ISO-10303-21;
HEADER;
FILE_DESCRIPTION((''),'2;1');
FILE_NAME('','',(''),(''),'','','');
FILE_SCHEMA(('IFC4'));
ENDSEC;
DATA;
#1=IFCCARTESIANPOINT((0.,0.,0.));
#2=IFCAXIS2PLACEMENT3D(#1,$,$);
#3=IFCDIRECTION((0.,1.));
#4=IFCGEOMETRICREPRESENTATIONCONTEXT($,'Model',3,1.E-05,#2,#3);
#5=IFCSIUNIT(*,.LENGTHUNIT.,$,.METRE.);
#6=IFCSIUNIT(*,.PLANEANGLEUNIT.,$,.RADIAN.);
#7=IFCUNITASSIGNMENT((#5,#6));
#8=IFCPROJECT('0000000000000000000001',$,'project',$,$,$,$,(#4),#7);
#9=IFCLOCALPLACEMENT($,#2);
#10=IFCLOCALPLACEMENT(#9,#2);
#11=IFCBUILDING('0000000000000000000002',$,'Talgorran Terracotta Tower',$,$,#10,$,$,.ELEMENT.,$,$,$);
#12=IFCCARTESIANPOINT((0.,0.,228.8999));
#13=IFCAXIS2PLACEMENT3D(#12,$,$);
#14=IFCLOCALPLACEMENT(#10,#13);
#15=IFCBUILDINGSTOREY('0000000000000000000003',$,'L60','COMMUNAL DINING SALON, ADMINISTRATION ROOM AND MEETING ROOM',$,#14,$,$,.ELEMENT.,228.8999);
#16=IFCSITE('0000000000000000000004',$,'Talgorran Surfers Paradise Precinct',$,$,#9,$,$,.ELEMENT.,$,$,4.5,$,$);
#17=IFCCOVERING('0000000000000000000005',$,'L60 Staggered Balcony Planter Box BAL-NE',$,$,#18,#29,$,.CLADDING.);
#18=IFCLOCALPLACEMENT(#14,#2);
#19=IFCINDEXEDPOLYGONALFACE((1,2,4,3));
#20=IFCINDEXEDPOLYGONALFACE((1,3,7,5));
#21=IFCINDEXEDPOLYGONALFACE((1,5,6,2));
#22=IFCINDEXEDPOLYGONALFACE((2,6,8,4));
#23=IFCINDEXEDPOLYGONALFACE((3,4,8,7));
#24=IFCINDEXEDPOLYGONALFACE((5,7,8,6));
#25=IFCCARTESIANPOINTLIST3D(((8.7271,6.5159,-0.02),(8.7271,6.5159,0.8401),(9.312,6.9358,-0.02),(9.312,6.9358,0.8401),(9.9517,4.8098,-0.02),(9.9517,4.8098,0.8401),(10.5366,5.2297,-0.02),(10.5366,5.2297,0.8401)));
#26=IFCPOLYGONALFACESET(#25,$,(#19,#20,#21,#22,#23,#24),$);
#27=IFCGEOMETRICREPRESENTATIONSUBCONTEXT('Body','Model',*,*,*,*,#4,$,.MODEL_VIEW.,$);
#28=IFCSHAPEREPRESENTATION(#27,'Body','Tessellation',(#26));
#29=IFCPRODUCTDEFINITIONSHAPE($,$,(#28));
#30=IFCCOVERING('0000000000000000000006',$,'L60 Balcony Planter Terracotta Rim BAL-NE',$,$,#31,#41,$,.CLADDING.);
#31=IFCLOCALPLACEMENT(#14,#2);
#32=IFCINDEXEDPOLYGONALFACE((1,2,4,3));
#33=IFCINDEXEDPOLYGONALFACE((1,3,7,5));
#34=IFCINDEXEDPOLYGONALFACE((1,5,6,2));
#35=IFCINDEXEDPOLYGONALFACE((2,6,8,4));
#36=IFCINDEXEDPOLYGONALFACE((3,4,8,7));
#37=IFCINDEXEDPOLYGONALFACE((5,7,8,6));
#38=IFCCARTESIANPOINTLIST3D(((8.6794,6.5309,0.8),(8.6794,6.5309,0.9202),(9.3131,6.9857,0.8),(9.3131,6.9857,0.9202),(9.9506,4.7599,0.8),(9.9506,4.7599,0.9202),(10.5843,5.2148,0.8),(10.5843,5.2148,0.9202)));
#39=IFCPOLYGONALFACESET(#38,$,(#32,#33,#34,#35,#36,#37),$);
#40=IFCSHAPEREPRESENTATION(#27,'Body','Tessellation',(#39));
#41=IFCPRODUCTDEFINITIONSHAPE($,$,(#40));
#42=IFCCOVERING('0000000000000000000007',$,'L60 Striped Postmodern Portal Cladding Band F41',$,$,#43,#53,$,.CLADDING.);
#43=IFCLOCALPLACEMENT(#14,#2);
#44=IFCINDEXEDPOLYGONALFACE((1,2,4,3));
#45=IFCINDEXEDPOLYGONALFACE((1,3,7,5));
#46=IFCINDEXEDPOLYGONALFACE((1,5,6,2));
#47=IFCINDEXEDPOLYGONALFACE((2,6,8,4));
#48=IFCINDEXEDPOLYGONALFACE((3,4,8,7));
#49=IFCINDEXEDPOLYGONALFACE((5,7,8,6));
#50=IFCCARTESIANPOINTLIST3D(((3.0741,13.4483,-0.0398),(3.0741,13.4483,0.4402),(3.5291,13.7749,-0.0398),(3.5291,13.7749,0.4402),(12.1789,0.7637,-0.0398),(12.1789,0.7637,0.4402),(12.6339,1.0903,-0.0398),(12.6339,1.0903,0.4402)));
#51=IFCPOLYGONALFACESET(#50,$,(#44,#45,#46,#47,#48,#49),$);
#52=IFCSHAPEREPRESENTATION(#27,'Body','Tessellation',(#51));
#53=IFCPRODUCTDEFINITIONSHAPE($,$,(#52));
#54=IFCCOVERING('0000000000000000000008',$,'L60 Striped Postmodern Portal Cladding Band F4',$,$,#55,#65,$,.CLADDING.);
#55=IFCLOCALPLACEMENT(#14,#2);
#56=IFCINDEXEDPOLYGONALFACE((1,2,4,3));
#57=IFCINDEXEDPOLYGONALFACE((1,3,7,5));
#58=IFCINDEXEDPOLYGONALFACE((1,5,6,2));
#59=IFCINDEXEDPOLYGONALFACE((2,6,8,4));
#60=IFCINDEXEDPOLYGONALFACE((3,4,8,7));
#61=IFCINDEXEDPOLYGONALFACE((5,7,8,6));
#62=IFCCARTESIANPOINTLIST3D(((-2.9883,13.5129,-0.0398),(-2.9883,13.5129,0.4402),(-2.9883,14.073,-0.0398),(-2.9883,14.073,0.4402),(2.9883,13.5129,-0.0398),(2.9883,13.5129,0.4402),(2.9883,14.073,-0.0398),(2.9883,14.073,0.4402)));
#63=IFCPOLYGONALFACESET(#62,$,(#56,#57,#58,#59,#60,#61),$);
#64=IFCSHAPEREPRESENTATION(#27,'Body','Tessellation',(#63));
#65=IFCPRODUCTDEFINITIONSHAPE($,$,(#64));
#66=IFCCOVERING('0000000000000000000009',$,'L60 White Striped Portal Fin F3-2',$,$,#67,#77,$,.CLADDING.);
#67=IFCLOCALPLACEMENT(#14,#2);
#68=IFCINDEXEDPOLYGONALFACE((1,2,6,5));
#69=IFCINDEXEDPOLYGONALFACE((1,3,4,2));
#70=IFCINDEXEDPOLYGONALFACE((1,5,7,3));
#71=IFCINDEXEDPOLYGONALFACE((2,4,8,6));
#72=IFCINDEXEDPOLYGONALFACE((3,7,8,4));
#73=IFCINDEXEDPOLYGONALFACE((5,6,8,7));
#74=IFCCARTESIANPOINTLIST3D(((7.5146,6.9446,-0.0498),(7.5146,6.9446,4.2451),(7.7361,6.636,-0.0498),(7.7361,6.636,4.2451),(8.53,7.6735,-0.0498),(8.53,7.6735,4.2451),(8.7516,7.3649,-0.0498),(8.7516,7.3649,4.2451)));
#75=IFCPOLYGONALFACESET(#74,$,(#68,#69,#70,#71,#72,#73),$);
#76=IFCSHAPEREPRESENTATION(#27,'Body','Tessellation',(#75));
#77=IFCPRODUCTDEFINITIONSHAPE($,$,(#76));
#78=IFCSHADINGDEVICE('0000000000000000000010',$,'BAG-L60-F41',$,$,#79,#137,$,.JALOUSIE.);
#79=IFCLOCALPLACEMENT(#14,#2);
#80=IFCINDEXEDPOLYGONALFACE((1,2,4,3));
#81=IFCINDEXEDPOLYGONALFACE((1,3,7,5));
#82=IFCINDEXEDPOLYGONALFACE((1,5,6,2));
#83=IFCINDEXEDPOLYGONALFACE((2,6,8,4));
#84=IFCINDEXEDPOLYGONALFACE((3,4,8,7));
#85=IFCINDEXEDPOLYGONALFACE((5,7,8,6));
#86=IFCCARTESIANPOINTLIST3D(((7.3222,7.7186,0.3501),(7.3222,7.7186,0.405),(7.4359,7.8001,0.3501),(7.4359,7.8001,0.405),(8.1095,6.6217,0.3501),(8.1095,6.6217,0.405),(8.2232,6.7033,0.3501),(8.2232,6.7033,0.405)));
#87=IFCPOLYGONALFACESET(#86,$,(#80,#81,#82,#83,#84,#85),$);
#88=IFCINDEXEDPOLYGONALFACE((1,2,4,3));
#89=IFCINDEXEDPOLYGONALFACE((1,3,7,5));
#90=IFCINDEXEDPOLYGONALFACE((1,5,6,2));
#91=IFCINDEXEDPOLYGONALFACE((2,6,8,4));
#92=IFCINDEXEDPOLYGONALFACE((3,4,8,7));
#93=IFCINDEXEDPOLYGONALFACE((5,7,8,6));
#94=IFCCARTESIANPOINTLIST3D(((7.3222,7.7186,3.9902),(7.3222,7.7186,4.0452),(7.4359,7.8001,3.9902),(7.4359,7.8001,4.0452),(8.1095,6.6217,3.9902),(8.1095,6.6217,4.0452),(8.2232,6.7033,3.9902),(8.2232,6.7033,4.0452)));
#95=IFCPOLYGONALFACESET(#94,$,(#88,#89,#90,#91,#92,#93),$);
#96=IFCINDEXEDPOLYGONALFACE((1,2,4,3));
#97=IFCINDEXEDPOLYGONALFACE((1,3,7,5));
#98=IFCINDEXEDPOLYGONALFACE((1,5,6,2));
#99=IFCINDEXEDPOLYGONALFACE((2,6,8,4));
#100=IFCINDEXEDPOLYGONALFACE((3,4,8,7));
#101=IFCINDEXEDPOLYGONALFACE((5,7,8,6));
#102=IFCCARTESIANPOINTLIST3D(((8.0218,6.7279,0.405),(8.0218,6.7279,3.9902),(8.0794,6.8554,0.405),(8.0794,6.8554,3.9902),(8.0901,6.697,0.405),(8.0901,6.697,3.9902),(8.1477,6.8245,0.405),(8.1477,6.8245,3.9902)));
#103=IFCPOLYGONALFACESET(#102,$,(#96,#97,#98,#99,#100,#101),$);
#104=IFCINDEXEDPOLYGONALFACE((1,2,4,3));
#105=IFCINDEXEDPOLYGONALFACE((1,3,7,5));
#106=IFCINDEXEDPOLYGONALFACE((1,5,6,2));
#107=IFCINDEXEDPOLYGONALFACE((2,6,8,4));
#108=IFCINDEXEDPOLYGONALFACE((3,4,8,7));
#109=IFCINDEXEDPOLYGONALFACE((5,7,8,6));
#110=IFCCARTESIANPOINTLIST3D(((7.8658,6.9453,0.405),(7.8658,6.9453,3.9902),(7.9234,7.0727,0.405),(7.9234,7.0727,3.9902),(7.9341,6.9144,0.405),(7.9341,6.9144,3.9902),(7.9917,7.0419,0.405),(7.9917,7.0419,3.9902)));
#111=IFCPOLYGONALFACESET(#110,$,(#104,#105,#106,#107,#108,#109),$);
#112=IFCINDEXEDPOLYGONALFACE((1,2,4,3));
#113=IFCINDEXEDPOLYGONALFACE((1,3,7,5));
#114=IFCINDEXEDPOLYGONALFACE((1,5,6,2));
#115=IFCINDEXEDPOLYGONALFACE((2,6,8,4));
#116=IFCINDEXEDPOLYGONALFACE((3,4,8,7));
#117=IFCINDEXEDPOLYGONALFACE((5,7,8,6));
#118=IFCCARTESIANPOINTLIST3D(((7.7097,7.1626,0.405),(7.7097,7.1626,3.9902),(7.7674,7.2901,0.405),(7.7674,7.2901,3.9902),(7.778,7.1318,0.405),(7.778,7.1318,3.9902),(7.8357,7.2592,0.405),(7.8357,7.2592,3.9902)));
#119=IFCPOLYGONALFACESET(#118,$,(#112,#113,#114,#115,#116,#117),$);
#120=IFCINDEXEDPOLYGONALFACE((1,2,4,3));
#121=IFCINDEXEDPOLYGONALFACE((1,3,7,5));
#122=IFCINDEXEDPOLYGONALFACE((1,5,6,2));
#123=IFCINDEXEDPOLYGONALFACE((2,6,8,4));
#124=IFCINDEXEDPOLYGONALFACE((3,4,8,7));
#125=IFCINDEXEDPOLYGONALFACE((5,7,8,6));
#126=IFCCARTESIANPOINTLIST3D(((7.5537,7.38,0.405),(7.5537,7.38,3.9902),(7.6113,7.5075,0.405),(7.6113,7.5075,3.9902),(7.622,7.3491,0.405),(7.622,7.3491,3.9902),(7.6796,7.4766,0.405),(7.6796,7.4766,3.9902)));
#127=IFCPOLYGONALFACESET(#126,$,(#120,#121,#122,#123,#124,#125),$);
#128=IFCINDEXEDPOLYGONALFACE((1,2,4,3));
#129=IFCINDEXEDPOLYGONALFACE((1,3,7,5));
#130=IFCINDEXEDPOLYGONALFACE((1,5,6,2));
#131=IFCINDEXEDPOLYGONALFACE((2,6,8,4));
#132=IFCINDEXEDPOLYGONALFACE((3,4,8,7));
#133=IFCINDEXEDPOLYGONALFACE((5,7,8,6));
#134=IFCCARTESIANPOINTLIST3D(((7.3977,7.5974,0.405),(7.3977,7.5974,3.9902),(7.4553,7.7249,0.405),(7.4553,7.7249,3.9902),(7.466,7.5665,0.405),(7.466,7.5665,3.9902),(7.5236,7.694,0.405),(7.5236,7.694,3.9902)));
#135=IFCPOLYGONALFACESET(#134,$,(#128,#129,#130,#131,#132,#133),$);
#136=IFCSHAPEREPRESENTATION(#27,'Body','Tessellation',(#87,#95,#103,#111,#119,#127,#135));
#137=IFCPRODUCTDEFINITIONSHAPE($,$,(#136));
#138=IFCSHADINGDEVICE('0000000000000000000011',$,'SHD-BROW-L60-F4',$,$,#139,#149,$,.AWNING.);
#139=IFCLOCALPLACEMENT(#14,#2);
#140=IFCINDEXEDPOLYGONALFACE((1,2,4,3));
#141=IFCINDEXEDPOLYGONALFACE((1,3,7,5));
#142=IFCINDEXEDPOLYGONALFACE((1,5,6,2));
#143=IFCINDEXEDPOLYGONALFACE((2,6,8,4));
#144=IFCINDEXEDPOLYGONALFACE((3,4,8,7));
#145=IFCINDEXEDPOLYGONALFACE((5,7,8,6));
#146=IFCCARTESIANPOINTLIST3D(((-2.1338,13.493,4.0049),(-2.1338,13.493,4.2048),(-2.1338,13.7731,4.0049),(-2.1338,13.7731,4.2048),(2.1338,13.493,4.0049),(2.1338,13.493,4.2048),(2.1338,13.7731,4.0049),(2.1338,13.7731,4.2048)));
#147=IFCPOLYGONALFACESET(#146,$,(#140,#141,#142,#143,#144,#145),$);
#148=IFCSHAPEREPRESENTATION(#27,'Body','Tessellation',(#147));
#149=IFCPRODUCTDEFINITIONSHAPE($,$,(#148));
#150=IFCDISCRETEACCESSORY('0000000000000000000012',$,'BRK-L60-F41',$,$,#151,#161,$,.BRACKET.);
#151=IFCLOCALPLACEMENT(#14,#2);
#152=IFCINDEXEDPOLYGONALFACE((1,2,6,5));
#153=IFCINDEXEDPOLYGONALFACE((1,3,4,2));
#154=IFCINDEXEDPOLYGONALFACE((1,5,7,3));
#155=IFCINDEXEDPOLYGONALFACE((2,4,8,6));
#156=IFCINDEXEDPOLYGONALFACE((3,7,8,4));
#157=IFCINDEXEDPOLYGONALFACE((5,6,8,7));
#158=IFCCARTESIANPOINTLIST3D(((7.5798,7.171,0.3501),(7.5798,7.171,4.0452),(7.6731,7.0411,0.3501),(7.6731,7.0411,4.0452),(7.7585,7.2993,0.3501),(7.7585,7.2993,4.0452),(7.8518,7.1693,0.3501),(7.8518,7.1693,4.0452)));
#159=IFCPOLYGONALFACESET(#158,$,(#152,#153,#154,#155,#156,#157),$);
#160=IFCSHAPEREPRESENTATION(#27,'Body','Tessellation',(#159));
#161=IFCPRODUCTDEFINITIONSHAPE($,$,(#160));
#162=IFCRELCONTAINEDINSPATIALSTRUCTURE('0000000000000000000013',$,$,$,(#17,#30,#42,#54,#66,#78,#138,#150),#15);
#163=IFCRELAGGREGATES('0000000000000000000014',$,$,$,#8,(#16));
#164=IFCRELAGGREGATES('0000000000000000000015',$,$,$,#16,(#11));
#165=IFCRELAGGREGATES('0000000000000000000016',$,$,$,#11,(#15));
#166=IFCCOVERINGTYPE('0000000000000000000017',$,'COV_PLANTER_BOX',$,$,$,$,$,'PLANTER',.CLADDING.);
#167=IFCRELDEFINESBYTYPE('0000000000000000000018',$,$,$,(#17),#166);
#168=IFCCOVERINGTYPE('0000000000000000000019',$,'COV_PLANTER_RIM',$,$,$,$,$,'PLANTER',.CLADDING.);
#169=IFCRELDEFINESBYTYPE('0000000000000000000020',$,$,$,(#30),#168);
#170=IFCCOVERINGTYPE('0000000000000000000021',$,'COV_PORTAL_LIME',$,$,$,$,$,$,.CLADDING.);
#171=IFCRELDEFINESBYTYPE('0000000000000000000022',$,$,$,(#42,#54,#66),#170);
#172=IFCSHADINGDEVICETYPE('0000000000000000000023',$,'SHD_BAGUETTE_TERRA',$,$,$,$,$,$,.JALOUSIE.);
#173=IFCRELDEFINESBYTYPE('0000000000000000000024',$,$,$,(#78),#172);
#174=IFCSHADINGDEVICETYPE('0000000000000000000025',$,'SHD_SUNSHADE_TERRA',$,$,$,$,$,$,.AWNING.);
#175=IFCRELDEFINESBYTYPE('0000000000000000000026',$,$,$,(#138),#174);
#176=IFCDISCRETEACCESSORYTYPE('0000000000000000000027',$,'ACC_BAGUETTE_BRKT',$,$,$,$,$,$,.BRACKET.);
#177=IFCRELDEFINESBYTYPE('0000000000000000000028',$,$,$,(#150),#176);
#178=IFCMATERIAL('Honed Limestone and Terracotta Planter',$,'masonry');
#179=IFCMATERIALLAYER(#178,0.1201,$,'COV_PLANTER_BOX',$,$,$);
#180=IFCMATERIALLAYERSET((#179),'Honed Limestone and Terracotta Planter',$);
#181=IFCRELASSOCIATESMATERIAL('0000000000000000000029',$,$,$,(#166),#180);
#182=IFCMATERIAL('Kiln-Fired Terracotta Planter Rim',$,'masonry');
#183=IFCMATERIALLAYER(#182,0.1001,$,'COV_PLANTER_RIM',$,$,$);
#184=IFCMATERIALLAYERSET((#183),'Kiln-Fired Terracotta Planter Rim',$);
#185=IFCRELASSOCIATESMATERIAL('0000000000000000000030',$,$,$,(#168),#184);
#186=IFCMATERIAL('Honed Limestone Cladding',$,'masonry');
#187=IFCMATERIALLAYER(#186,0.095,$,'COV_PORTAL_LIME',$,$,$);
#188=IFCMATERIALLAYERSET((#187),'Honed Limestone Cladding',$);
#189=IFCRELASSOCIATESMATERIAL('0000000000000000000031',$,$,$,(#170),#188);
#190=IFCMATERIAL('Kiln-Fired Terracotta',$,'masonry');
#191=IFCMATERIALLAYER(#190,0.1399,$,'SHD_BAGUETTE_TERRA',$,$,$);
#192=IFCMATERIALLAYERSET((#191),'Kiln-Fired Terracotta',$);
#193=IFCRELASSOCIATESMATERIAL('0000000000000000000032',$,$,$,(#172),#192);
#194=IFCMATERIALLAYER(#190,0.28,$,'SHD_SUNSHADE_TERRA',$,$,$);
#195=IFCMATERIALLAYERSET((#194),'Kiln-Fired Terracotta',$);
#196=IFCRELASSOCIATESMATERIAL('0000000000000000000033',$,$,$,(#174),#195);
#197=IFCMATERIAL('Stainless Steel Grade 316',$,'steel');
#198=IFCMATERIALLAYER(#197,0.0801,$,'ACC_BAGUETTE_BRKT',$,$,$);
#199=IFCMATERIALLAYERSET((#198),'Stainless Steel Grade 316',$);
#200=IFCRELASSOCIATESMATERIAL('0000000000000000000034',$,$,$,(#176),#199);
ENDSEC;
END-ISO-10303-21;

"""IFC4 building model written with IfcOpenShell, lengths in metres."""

from ifc_helpers import new_model, si_unit, direction, frame, origin, origin_2d, place, context, subcontext, project, spatial, rectangle, extrude, source, transform, mapped, material, layer, layer_set, type_object, type_shapes, element, save


model = new_model("IFC4")

# Units and contexts
model_context = context("Model", 3, precision=1e-05, world=origin(), true_north=direction((0.0, 1.0)))
body_context = subcontext(model_context, "Body", "Model", "MODEL_VIEW")
ifc_project = project(units=[si_unit("LENGTHUNIT", "METRE"), si_unit("PLANEANGLEUNIT", "RADIAN")], contexts=[model_context])

# Site, building, storey
site_placement = place(None, origin())
site = spatial("IfcSite", under=ifc_project, at=site_placement, Name="Talgorran Surfers Paradise Precinct", CompositionType="ELEMENT", RefElevation=4.5)
building_placement = place(site_placement, origin())
building = spatial("IfcBuilding", under=site, at=building_placement, Name="Talgorran Terracotta Tower", CompositionType="ELEMENT")
storey_placement = place(building_placement, frame((0.0, 0.0, 228.8999)))
storey = spatial("IfcBuildingStorey", under=building, at=storey_placement, Name="L60", Description="COMMUNAL DINING SALON, ADMINISTRATION ROOM AND MEETING ROOM", CompositionType="ELEMENT", Elevation=228.8999)

# Coverings
ifc_material_1 = material(Name="Honed Limestone and Terracotta Planter", Category="masonry")
ifc_layer_1 = layer(ifc_material_1, 0.1201, Name="COV_PLANTER_BOX")
ifc_layer_set_1 = layer_set([ifc_layer_1], Name="Honed Limestone and Terracotta Planter")
covering_type_1 = type_object("IfcCoveringType", Name="COV_PLANTER_BOX", ElementType="PLANTER", PredefinedType="CLADDING", material=ifc_layer_set_1)
covering_1_placement = place(storey_placement, frame((9.6318, 5.8728, -0.02), z_axis=(0.0, 0.0, 1.0), x_axis=(-0.583116, 0.812389, 0.0)))
element("IfcCovering", 1, at=covering_1_placement, inside=storey, type_object=covering_type_1, Name="L60 Staggered Balcony Planter Box BAL-NE", PredefinedType="CLADDING", context=body_context, shape_type="SweptSolid", body=[
    extrude(rectangle(XDim=2.1001, YDim=0.72, at=origin_2d()), origin(), (0.0, 0.0, 1.0), 0.8601),
])
ifc_material_2 = material(Name="Kiln-Fired Terracotta Planter Rim", Category="masonry")
ifc_layer_2 = layer(ifc_material_2, 0.1001, Name="COV_PLANTER_RIM")
ifc_layer_set_2 = layer_set([ifc_layer_2], Name="Kiln-Fired Terracotta Planter Rim")
covering_type_2 = type_object("IfcCoveringType", Name="COV_PLANTER_RIM", ElementType="PLANTER", PredefinedType="CLADDING", material=ifc_layer_set_2)
covering_2_placement = place(storey_placement, frame((9.6318, 5.8728, 0.8), z_axis=(0.0, 0.0, 1.0), x_axis=(-0.583116, 0.812389, 0.0)))
element("IfcCovering", 2, at=covering_2_placement, inside=storey, type_object=covering_type_2, Name="L60 Balcony Planter Terracotta Rim BAL-NE", PredefinedType="CLADDING", context=body_context, shape_type="SweptSolid", body=[
    extrude(rectangle(XDim=2.1799, YDim=0.78, at=origin_2d()), origin(), (0.0, 0.0, 1.0), 0.1201),
])
ifc_material_3 = material(Name="Honed Limestone Cladding", Category="masonry")
ifc_layer_3 = layer(ifc_material_3, 0.095, Name="COV_PORTAL_LIME")
ifc_layer_set_3 = layer_set([ifc_layer_3], Name="Honed Limestone Cladding")
covering_type_3 = type_object("IfcCoveringType", Name="COV_PORTAL_LIME", PredefinedType="CLADDING", material=ifc_layer_set_3)
covering_3_placement = place(storey_placement, frame((7.854, 7.2693, -0.0398), z_axis=(0.0, 0.0, 1.0), x_axis=(-0.583116, 0.812389, 0.0)))
element("IfcCovering", 3, at=covering_3_placement, inside=storey, type_object=covering_type_3, Name="L60 Striped Postmodern Portal Cladding Band F41", PredefinedType="CLADDING", context=body_context, shape_type="SweptSolid", body=[
    extrude(rectangle(XDim=15.614, YDim=0.5601, at=origin_2d()), origin(), (0.0, 0.0, 1.0), 0.48),
])
covering_4_placement = place(storey_placement, frame((0.0, 13.793, -0.0398), z_axis=(0.0, 0.0, 1.0), x_axis=(-1.0, 0.0, 0.0)))
element("IfcCovering", 4, at=covering_4_placement, inside=storey, type_object=covering_type_3, Name="L60 Striped Postmodern Portal Cladding Band F4", PredefinedType="CLADDING", context=body_context, shape_type="SweptSolid", body=[
    extrude(rectangle(XDim=5.9766, YDim=0.5601, at=origin_2d()), origin(), (0.0, 0.0, 1.0), 0.48),
])
covering_5_placement = place(storey_placement, frame((8.1331, 7.1548, -0.0498), z_axis=(0.0, 0.0, 1.0), x_axis=(-0.583116, 0.812389, 0.0)))
element("IfcCovering", 5, at=covering_5_placement, inside=storey, type_object=covering_type_3, Name="L60 White Striped Portal Fin F3-2", PredefinedType="CLADDING", context=body_context, shape_type="SweptSolid", body=[
    extrude(rectangle(XDim=0.3799, YDim=1.25, at=origin_2d()), origin(), (0.0, 0.0, 1.0), 4.2949),
])

# Shading devices
ifc_material_4 = material(Name="Kiln-Fired Terracotta", Category="masonry")
ifc_layer_4 = layer(ifc_material_4, 0.1399, Name="SHD_BAGUETTE_TERRA")
ifc_layer_set_4 = layer_set([ifc_layer_4], Name="Kiln-Fired Terracotta")
shading_device_type_1 = type_object("IfcShadingDeviceType", Name="SHD_BAGUETTE_TERRA", PredefinedType="JALOUSIE", material=ifc_layer_set_4)
shared_shape_1 = source(origin(), body_context, "Body", "SweptSolid", [
    extrude(rectangle(XDim=1.3501, YDim=0.1399, at=origin_2d()), origin(), (0.0, 0.0, 1.0), 0.0549),
    extrude(rectangle(XDim=1.3501, YDim=0.1399, at=origin_2d()), frame((0.0, 0.0, 3.6401)), (0.0, 0.0, 1.0), 0.0549),
    extrude(rectangle(XDim=0.075, YDim=0.1399, at=origin_2d()), frame((-0.5352, 0.0, 0.0549), z_axis=(0.0, 0.0, 1.0), x_axis=(0.866025, 0.5, 0.0)), (0.0, 0.0, 1.0), 3.5852),
    extrude(rectangle(XDim=0.075, YDim=0.1399, at=origin_2d()), frame((-0.2676, 0.0, 0.0549), z_axis=(0.0, 0.0, 1.0), x_axis=(0.866025, 0.5, 0.0)), (0.0, 0.0, 1.0), 3.5852),
    extrude(rectangle(XDim=0.075, YDim=0.1399, at=origin_2d()), frame((0.0, 0.0, 0.0549), z_axis=(0.0, 0.0, 1.0), x_axis=(0.866025, 0.5, 0.0)), (0.0, 0.0, 1.0), 3.5852),
    extrude(rectangle(XDim=0.075, YDim=0.1399, at=origin_2d()), frame((0.2676, 0.0, 0.0549), z_axis=(0.0, 0.0, 1.0), x_axis=(0.866025, 0.5, 0.0)), (0.0, 0.0, 1.0), 3.5852),
    extrude(rectangle(XDim=0.075, YDim=0.1399, at=origin_2d()), frame((0.5352, 0.0, 0.0549), z_axis=(0.0, 0.0, 1.0), x_axis=(0.866025, 0.5, 0.0)), (0.0, 0.0, 1.0), 3.5852),
])
type_shapes(shading_device_type_1, [shared_shape_1])
shading_device_1_placement = place(storey_placement, frame((7.7727, 7.2109, 0.3501), z_axis=(0.0, 0.0, 1.0), x_axis=(-0.583116, 0.812389, 0.0)))
element("IfcShadingDevice", 6, at=shading_device_1_placement, inside=storey, type_object=shading_device_type_1, Name="BAG-L60-F41", PredefinedType="JALOUSIE", context=body_context, shape_type="MappedRepresentation", body=[
    mapped(shared_shape_1, transform((0.0, 0.0, 0.0), scale=1.0)),
])
ifc_layer_5 = layer(ifc_material_4, 0.28, Name="SHD_SUNSHADE_TERRA")
ifc_layer_set_5 = layer_set([ifc_layer_5], Name="Kiln-Fired Terracotta")
shading_device_type_2 = type_object("IfcShadingDeviceType", Name="SHD_SUNSHADE_TERRA", PredefinedType="AWNING", material=ifc_layer_set_5)
shared_shape_2 = source(origin(), body_context, "Body", "SweptSolid", [
    extrude(rectangle(XDim=4.2676, YDim=0.28, at=origin_2d()), origin(), (0.0, 0.0, 1.0), 0.2),
])
type_shapes(shading_device_type_2, [shared_shape_2])
shading_device_2_placement = place(storey_placement, frame((0.0, 13.6331, 4.0049), z_axis=(0.0, 0.0, 1.0), x_axis=(-1.0, 0.0, 0.0)))
element("IfcShadingDevice", 7, at=shading_device_2_placement, inside=storey, type_object=shading_device_type_2, Name="SHD-BROW-L60-F4", PredefinedType="AWNING", context=body_context, shape_type="MappedRepresentation", body=[
    mapped(shared_shape_2, transform((0.0, 0.0, 0.0), scale=1.0)),
])

# Discrete accessory
ifc_material_5 = material(Name="Stainless Steel Grade 316", Category="steel")
ifc_layer_6 = layer(ifc_material_5, 0.0801, Name="ACC_BAGUETTE_BRKT")
ifc_layer_set_6 = layer_set([ifc_layer_6], Name="Stainless Steel Grade 316")
discrete_accessory_type = type_object("IfcDiscreteAccessoryType", Name="ACC_BAGUETTE_BRKT", PredefinedType="BRACKET", material=ifc_layer_set_6)
shared_shape_3 = source(origin(), body_context, "Body", "SweptSolid", [
    extrude(rectangle(XDim=0.1599, YDim=0.22, at=origin_2d()), origin(), (0.0, 0.0, 1.0), 3.6951),
])
type_shapes(discrete_accessory_type, [shared_shape_3])
discrete_accessory_placement = place(storey_placement, frame((7.7158, 7.1702, 0.3501), z_axis=(0.0, 0.0, 1.0), x_axis=(-0.583116, 0.812389, 0.0)))
element("IfcDiscreteAccessory", 8, at=discrete_accessory_placement, inside=storey, type_object=discrete_accessory_type, Name="BRK-L60-F41", PredefinedType="BRACKET", context=body_context, shape_type="MappedRepresentation", body=[
    mapped(shared_shape_3, transform((0.0, 0.0, 0.0), scale=1.0)),
])

save(model, "model.ifc")
